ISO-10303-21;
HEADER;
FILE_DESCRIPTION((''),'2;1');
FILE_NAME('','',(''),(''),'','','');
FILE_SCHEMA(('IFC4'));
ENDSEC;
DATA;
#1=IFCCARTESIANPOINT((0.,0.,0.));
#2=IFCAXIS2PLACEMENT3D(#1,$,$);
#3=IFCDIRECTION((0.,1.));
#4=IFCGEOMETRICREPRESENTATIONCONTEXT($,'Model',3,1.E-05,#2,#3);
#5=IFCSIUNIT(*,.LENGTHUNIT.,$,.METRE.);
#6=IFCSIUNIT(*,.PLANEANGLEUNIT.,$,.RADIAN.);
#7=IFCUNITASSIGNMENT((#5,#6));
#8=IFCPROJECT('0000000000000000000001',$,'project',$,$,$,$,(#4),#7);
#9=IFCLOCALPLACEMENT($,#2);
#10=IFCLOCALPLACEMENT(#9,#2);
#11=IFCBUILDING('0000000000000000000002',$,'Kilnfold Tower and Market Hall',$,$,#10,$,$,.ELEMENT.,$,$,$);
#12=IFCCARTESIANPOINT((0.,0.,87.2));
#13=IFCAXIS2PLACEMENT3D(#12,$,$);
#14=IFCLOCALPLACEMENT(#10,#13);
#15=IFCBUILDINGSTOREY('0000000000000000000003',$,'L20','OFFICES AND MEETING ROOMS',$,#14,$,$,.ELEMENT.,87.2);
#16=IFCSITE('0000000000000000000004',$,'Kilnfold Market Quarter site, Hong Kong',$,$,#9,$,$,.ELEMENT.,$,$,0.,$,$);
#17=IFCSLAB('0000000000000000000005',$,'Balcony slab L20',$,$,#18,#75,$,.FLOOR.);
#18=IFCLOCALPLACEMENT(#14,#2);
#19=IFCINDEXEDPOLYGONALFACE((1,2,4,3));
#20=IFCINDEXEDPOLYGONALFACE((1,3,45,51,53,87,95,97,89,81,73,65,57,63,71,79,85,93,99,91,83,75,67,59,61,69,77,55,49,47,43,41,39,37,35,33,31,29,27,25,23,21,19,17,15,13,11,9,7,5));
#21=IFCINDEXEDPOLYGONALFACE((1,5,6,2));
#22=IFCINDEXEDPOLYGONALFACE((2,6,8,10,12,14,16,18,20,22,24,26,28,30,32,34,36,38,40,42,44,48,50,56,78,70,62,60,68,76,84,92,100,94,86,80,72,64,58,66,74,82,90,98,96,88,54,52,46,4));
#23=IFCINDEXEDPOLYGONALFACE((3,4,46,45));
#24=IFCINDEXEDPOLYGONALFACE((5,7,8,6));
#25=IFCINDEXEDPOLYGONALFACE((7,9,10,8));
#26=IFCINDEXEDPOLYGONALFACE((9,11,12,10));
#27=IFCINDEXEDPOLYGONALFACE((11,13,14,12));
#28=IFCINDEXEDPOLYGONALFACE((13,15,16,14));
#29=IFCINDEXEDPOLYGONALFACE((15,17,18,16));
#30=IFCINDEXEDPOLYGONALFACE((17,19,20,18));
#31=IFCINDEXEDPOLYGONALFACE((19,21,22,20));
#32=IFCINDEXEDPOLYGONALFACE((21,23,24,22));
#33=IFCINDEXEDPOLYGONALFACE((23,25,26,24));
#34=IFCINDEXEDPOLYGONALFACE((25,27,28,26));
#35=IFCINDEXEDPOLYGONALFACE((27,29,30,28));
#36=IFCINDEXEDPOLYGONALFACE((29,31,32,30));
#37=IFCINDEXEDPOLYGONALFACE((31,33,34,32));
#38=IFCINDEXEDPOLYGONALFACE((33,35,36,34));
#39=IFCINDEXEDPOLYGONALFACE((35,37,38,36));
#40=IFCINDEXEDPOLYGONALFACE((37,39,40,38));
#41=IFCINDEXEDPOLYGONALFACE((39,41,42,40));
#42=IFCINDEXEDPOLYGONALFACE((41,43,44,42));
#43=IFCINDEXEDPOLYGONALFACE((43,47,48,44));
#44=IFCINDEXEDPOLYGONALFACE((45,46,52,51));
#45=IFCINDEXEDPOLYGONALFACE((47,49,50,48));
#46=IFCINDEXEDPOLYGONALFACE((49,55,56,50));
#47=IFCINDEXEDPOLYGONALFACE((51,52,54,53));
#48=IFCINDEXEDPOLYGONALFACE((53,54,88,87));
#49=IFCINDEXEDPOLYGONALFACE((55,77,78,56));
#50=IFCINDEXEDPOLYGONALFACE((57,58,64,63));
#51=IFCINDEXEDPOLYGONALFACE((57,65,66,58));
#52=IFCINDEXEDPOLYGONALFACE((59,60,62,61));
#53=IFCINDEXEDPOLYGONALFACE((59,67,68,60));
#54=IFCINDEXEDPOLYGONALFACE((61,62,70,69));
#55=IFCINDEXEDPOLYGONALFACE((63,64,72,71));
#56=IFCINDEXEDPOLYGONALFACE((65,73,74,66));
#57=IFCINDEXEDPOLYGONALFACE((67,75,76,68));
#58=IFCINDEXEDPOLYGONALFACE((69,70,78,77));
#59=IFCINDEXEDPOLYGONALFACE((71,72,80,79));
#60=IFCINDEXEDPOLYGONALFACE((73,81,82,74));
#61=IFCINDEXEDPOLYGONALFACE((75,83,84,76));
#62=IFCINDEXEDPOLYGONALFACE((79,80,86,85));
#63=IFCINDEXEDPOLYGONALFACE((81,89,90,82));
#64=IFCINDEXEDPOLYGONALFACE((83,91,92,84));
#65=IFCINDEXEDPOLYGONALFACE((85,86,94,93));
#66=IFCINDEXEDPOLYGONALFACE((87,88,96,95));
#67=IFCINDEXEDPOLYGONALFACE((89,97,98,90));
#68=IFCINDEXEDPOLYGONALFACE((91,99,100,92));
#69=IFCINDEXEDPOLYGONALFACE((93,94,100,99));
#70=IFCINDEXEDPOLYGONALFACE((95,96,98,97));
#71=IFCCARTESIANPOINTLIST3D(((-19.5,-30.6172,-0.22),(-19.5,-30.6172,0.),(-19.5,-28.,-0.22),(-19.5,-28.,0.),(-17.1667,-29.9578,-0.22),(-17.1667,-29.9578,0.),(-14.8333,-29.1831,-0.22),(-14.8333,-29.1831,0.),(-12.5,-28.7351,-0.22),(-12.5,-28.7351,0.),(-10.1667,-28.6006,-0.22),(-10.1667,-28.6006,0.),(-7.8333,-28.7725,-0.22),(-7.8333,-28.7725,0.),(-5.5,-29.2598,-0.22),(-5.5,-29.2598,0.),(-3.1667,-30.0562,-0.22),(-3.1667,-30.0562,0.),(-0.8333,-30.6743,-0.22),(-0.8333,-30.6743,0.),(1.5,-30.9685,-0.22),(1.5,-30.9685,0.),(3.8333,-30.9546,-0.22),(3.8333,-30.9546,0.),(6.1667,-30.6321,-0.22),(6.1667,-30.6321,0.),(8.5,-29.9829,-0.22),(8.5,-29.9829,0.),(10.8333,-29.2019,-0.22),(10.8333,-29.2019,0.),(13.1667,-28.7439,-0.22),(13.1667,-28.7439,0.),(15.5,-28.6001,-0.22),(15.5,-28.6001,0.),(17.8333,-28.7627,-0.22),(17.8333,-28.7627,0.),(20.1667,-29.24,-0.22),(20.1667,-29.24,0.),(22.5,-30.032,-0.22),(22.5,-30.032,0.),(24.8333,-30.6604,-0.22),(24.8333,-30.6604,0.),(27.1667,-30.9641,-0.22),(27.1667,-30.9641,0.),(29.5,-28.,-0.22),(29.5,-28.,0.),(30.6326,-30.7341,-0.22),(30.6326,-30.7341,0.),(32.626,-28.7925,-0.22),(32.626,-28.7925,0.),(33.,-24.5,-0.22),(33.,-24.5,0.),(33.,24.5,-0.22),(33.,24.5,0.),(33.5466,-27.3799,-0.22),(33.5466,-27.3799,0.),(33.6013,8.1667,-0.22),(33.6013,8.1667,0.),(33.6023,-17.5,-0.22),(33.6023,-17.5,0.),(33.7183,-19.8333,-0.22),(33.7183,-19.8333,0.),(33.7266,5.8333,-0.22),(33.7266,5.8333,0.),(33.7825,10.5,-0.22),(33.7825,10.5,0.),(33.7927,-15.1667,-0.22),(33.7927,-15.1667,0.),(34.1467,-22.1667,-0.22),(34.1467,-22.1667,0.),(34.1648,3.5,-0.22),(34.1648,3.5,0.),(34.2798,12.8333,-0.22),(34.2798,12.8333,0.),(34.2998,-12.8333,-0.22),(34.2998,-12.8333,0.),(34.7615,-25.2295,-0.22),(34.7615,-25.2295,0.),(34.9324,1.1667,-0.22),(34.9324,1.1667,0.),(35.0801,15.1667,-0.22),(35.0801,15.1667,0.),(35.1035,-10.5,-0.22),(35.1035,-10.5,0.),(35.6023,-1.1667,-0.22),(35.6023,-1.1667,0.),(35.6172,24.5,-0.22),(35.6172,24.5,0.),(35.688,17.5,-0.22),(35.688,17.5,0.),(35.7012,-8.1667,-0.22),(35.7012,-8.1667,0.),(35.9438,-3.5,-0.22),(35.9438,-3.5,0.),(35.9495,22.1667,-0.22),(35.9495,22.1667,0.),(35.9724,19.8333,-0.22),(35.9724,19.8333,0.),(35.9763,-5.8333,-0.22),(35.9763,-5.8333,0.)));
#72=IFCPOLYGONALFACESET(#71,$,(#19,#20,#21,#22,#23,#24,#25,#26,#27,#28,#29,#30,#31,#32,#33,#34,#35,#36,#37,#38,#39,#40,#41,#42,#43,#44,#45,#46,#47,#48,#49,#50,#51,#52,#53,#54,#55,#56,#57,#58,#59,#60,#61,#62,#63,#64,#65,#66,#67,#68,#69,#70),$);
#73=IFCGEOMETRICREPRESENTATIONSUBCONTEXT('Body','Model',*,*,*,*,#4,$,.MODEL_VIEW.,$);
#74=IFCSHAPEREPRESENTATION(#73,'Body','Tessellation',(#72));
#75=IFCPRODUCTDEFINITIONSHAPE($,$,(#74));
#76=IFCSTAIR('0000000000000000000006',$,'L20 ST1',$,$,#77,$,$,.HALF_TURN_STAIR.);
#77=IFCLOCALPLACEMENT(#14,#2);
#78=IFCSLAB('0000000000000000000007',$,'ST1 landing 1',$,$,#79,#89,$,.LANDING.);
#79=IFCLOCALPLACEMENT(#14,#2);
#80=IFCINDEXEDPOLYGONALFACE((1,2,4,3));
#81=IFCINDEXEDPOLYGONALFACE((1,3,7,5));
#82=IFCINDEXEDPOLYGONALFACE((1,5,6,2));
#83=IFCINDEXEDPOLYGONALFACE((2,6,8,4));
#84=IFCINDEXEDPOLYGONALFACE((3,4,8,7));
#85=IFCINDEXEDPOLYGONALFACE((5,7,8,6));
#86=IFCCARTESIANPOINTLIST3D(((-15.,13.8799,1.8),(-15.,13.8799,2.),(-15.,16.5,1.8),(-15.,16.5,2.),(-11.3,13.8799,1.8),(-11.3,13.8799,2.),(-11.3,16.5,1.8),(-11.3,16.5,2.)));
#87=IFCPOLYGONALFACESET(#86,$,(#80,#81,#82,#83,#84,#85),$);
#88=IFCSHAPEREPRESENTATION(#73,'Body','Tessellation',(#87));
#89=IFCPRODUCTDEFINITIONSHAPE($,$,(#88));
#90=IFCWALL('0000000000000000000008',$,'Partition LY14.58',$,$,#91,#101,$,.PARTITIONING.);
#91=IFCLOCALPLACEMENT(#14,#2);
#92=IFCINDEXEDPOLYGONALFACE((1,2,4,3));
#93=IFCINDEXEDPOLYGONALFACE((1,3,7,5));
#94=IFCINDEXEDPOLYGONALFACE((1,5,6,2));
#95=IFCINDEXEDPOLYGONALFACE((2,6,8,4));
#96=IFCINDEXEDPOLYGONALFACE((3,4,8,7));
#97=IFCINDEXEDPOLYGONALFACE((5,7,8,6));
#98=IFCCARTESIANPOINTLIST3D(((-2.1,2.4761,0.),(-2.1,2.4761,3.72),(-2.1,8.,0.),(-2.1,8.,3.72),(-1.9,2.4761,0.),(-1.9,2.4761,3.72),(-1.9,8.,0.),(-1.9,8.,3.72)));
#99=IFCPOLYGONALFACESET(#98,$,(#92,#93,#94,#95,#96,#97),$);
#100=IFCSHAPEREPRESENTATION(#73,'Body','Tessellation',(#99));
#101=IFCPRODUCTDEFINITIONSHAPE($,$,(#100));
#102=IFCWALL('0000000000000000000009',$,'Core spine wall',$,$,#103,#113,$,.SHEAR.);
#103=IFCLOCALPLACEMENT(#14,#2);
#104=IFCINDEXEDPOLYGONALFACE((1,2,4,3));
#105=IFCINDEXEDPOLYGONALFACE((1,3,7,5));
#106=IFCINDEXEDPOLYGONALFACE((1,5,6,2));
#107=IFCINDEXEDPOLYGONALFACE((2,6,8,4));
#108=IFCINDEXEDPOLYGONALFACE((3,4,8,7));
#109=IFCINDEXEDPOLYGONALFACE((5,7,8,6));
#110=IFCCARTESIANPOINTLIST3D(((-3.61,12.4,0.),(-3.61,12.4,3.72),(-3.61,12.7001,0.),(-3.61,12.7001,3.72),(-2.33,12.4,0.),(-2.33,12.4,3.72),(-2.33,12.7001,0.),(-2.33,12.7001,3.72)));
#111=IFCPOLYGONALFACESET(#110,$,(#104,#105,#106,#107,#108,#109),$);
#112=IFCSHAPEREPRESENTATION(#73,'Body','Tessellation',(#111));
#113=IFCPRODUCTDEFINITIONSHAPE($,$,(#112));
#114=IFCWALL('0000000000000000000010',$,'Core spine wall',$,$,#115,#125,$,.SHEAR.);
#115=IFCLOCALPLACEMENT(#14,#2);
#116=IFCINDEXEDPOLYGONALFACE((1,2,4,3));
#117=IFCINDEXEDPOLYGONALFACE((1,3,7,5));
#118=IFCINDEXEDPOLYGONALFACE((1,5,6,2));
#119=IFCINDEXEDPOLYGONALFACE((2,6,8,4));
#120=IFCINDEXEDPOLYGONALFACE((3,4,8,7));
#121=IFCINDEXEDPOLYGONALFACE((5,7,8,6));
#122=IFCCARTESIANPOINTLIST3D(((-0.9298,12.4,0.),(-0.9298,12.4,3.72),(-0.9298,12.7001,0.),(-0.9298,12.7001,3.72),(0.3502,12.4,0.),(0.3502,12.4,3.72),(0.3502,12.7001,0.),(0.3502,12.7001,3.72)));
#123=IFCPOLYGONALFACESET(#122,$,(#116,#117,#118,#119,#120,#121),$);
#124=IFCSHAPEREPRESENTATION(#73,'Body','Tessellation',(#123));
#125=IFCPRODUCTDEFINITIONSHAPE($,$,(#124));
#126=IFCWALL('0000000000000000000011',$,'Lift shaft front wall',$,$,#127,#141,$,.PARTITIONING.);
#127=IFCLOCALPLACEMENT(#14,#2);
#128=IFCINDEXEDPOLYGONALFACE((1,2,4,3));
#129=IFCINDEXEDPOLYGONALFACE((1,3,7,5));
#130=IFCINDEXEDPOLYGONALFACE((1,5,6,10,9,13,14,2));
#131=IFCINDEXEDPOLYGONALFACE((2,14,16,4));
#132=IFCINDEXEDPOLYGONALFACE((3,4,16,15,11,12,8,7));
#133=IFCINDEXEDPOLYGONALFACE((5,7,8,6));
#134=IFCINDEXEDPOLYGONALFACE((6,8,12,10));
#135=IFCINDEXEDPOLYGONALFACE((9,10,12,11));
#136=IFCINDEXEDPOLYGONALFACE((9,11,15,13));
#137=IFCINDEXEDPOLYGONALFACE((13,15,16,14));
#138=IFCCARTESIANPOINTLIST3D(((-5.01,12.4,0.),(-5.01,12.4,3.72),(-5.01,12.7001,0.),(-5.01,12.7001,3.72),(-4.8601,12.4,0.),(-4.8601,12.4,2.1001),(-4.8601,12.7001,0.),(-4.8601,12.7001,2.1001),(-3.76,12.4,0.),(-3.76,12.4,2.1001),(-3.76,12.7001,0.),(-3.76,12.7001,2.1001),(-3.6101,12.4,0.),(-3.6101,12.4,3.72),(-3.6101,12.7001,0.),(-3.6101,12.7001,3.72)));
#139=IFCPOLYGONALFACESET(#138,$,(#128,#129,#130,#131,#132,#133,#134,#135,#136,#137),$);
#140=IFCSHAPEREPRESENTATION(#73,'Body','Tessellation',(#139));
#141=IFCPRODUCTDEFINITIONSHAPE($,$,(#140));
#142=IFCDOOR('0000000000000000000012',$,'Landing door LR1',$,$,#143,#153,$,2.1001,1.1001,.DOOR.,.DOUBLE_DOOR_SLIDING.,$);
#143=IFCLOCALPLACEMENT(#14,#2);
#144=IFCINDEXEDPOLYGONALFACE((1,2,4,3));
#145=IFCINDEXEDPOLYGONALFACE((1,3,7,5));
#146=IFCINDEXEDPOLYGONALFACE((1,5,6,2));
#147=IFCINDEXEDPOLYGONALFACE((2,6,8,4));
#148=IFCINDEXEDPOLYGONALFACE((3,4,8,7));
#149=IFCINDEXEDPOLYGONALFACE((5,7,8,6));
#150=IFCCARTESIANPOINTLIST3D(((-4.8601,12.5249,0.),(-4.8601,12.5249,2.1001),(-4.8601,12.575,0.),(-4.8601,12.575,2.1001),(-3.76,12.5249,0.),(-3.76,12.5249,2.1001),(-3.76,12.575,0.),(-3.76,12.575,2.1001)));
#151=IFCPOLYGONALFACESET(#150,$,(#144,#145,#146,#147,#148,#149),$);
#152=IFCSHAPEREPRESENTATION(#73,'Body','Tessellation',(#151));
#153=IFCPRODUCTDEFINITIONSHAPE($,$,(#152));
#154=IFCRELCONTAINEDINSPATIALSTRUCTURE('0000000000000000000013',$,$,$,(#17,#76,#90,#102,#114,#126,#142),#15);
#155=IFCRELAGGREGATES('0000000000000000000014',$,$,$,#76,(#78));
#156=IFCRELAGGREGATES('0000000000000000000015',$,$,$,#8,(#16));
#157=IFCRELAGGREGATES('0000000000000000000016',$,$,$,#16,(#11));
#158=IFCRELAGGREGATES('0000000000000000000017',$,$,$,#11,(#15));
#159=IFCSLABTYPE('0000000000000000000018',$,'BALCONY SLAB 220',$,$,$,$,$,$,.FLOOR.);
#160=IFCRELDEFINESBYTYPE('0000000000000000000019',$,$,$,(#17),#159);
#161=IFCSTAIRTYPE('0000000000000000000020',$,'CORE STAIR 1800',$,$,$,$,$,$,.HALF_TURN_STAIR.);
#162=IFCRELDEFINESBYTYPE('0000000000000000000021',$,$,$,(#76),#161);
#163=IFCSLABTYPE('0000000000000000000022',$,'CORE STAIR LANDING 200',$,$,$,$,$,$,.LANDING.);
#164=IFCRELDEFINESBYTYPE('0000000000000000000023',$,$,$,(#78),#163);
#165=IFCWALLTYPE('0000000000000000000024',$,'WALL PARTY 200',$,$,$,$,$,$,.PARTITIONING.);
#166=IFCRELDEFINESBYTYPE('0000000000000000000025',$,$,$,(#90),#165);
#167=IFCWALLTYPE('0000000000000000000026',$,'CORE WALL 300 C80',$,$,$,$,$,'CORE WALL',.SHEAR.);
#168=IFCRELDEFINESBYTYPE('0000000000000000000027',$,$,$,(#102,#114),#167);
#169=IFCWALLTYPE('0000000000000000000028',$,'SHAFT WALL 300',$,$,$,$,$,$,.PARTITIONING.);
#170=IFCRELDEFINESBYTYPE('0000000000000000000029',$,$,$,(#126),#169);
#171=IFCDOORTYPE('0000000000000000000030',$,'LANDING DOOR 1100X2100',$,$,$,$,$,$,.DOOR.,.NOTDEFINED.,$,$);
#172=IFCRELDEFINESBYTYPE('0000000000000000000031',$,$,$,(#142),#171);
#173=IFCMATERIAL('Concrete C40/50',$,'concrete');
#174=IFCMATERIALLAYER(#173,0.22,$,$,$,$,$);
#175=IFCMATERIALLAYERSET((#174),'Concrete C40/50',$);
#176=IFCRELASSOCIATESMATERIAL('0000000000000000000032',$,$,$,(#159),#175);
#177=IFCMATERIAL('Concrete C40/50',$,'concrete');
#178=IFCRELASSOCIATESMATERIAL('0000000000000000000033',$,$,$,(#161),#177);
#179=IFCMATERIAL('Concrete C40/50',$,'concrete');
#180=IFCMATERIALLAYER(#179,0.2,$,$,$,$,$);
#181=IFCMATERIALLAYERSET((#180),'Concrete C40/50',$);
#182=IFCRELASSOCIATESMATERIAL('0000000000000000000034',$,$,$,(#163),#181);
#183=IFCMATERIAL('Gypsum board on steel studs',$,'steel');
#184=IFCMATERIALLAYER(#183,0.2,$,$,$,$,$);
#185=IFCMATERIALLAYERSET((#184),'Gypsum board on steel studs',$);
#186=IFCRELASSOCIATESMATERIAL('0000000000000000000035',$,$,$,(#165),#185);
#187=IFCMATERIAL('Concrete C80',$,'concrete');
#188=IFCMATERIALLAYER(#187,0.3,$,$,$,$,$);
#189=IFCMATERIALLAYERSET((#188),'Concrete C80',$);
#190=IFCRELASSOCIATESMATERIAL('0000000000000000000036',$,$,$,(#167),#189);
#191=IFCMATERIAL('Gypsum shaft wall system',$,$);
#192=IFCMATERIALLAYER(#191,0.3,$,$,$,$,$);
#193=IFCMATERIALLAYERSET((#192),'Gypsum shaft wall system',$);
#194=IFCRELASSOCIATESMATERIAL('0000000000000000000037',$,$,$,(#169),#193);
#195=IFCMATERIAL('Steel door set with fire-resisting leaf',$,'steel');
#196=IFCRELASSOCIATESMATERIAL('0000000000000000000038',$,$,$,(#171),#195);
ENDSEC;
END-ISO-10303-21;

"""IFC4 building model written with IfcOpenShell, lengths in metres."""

from ifc_helpers import new_model, si_unit, direction, frame, frame_2d, origin, place, context, subcontext, project, spatial, polyline, rectangle, outline, extrude, source, transform, mapped, material, layer, layer_set, type_object, element, fill, aggregate, save


model = new_model("IFC4")

# Units and contexts
model_context = context("Model", 3, precision=1e-05, world=origin(), true_north=direction((0.0, 1.0)))
body_context = subcontext(model_context, "Body", "Model", "MODEL_VIEW")
ifc_project = project(units=[si_unit("LENGTHUNIT", "METRE"), si_unit("PLANEANGLEUNIT", "RADIAN")], contexts=[model_context])

# Site, building, storey
site_placement = place(None, origin())
site = spatial("IfcSite", under=ifc_project, at=site_placement, Name="Kilnfold Market Quarter site, Hong Kong", CompositionType="ELEMENT", RefElevation=0.0)
building_placement = place(site_placement, origin())
building = spatial("IfcBuilding", under=site, at=building_placement, Name="Kilnfold Tower and Market Hall", CompositionType="ELEMENT")
storey_placement = place(building_placement, frame((0.0, 0.0, 87.2)))
storey = spatial("IfcBuildingStorey", under=building, at=storey_placement, Name="L20", Description="OFFICES AND MEETING ROOMS", CompositionType="ELEMENT", Elevation=87.2)

# Slab
ifc_material_1 = material(Name="Concrete C40/50", Category="concrete")
ifc_layer_1 = layer(ifc_material_1, 0.22)
ifc_layer_set_1 = layer_set([ifc_layer_1], Name="Concrete C40/50")
slab_type_1 = type_object("IfcSlabType", Name="BALCONY SLAB 220", PredefinedType="FLOOR", material=ifc_layer_set_1)
shared_shape_1 = source(origin(), body_context, "Body", "SweptSolid", [
    extrude(outline(polyline([(-19.5, -28.0), (29.5, -28.0), (33.0, -24.5), (33.0, 24.5), (35.6172, 24.5), (35.9495, 22.1667), (35.9724, 19.8333), (35.688, 17.5), (35.0801, 15.1667), (34.2798, 12.8333), (33.7825, 10.5), (33.6013, 8.1667), (33.7266, 5.8333), (34.1648, 3.5), (34.9324, 1.1667), (35.6023, -1.1667), (35.9438, -3.5), (35.9763, -5.8333), (35.7012, -8.1667), (35.1035, -10.5), (34.2998, -12.8333), (33.7927, -15.1667), (33.6023, -17.5), (33.7183, -19.8333), (34.1467, -22.1667), (34.7615, -25.2295), (33.5466, -27.3799), (32.626, -28.7925), (30.6326, -30.7341), (27.1667, -30.9641), (24.8333, -30.6604), (22.5, -30.032), (20.1667, -29.24), (17.8333, -28.7627), (15.5, -28.6001), (13.1667, -28.7439), (10.8333, -29.2019), (8.5, -29.9829), (6.1667, -30.6321), (3.8333, -30.9546), (1.5, -30.9685), (-0.8333, -30.6743), (-3.1667, -30.0562), (-5.5, -29.2598), (-7.8333, -28.7725), (-10.1667, -28.6006), (-12.5, -28.7351), (-14.8333, -29.1831), (-17.1667, -29.9578), (-19.5, -30.6172), (-19.5, -28.0)])), origin(), (0.0, 0.0, 1.0), 0.22),
])
slab_1_placement = place(storey_placement, frame((0.0, 0.0, -0.22)))
element("IfcSlab", 1, at=slab_1_placement, inside=storey, type_object=slab_type_1, Name="Balcony slab L20", PredefinedType="FLOOR", context=body_context, shape_type="MappedRepresentation", body=[
    mapped(shared_shape_1, transform((0.0, 0.0, 0.0))),
])

# Stair, slab
ifc_material_2 = material(Name="Concrete C40/50", Category="concrete")
stair_type = type_object("IfcStairType", Name="CORE STAIR 1800", PredefinedType="HALF_TURN_STAIR", material=ifc_material_2)
stair_placement = place(storey_placement, origin())
stair = element("IfcStair", 2, at=stair_placement, inside=storey, type_object=stair_type, Name="L20 ST1", PredefinedType="HALF_TURN_STAIR")
ifc_material_3 = material(Name="Concrete C40/50", Category="concrete")
ifc_layer_2 = layer(ifc_material_3, 0.2)
ifc_layer_set_2 = layer_set([ifc_layer_2], Name="Concrete C40/50")
slab_type_2 = type_object("IfcSlabType", Name="CORE STAIR LANDING 200", PredefinedType="LANDING", material=ifc_layer_set_2)
shared_shape_2 = source(origin(), body_context, "Body", "SweptSolid", [
    extrude(outline(polyline([(-11.3, 13.8799), (-11.3, 16.5), (-15.0, 16.5), (-15.0, 13.8799), (-11.3, 13.8799)])), origin(), (0.0, 0.0, 1.0), 0.2),
])
slab_2_placement = place(storey_placement, frame((0.0, 0.0, 1.8)))
slab_2 = element("IfcSlab", 3, at=slab_2_placement, type_object=slab_type_2, Name="ST1 landing 1", PredefinedType="LANDING", context=body_context, shape_type="MappedRepresentation", body=[
    mapped(shared_shape_2, transform((0.0, 0.0, 0.0))),
])
aggregate(stair, [slab_2])

# Walls
ifc_material_4 = material(Name="Gypsum board on steel studs", Category="steel")
ifc_layer_3 = layer(ifc_material_4, 0.2)
ifc_layer_set_3 = layer_set([ifc_layer_3], Name="Gypsum board on steel studs")
wall_type_1 = type_object("IfcWallType", Name="WALL PARTY 200", PredefinedType="PARTITIONING", material=ifc_layer_set_3)
wall_1_placement = place(storey_placement, frame((-2.0, 2.4761, 0.0), z_axis=(0.0, 0.0, 1.0), x_axis=(0.0, 1.0, 0.0)))
element("IfcWall", 4, at=wall_1_placement, inside=storey, type_object=wall_type_1, Name="Partition LY14.58", PredefinedType="PARTITIONING", context=body_context, shape_type="SweptSolid", body=[
    extrude(rectangle(XDim=5.5239, YDim=0.2, at=frame_2d((2.762, 0.0))), origin(), (0.0, 0.0, 1.0), 3.72),
])
ifc_material_5 = material(Name="Concrete C80", Category="concrete")
ifc_layer_4 = layer(ifc_material_5, 0.3)
ifc_layer_set_4 = layer_set([ifc_layer_4], Name="Concrete C80")
wall_type_2 = type_object("IfcWallType", Name="CORE WALL 300 C80", ElementType="CORE WALL", PredefinedType="SHEAR", material=ifc_layer_set_4)
shared_shape_3 = source(origin(), body_context, "Body", "SweptSolid", [
    extrude(rectangle(XDim=1.28, YDim=0.3, at=frame_2d((0.6401, 0.0))), origin(), (0.0, 0.0, 1.0), 3.72),
])
for number, where, z_axis, x_axis, name in (
    (5, (-3.6101, 12.55, 0.0), (0.0, 0.0, 1.0), (1.0, 0.0, 0.0), "Core spine wall"),
    (6, (-0.9299, 12.55, 0.0), (0.0, 0.0, 1.0), (1.0, 0.0, 0.0), "Core spine wall"),
):
    element("IfcWall", number, at=place(storey_placement, frame(where, z_axis=z_axis, x_axis=x_axis)), inside=storey, type_object=wall_type_2, Name=name, PredefinedType="SHEAR", context=body_context, shape_type="MappedRepresentation", body=[
        mapped(shared_shape_3, transform((0.0, 0.0, 0.0))),
    ])

# Wall, opening, door
ifc_material_6 = material(Name="Gypsum shaft wall system")
ifc_layer_5 = layer(ifc_material_6, 0.3)
ifc_layer_set_5 = layer_set([ifc_layer_5], Name="Gypsum shaft wall system")
wall_type_3 = type_object("IfcWallType", Name="SHAFT WALL 300", PredefinedType="PARTITIONING", material=ifc_layer_set_5)
shared_shape_4 = source(origin(), body_context, "Body", "SweptSolid", [
    extrude(rectangle(XDim=1.3999, YDim=0.3, at=frame_2d((0.7, 0.0))), origin(), (0.0, 0.0, 1.0), 3.72),
])
wall_2_placement = place(storey_placement, frame((-5.01, 12.55, 0.0), z_axis=(0.0, 0.0, 1.0), x_axis=(1.0, 0.0, 0.0)))
wall_2 = element("IfcWall", 7, at=wall_2_placement, inside=storey, type_object=wall_type_3, Name="Lift shaft front wall", PredefinedType="PARTITIONING", context=body_context, shape_type="MappedRepresentation", body=[
    mapped(shared_shape_4, transform((0.0, 0.0, 0.0))),
])
opening_1_placement = place(wall_2_placement, frame((0.1499, 0.0, 0.0)))
opening_1 = element("IfcOpeningElement", 8, at=opening_1_placement, cuts=wall_2, PredefinedType="OPENING", context=body_context, shape_type="SweptSolid", body=[
    extrude(rectangle(XDim=1.1001, YDim=2.1001, at=frame_2d((0.55, 1.05))), frame((0.0, 0.1602, 0.0), z_axis=(0.0, -1.0, 0.0), x_axis=(1.0, 0.0, 0.0)), (0.0, 0.0, 1.0), 0.3201),
])
ifc_material_7 = material(Name="Steel door set with fire-resisting leaf", Category="steel")
door_type = type_object("IfcDoorType", Name="LANDING DOOR 1100X2100", OperationType="NOTDEFINED", PredefinedType="DOOR", material=ifc_material_7)
door_1_placement = place(opening_1_placement, origin())
door_1 = element("IfcDoor", 9, at=door_1_placement, inside=storey, type_object=door_type, Name="Landing door LR1", OperationType="DOUBLE_DOOR_SLIDING", OverallHeight=2.1001, OverallWidth=1.1001, PredefinedType="DOOR", context=body_context, shape_type="SweptSolid", body=[
    extrude(rectangle(XDim=1.1001, YDim=2.1001, at=frame_2d((0.55, 1.05))), frame((0.0, 0.0249, 0.0), z_axis=(0.0, -1.0, 0.0), x_axis=(1.0, 0.0, 0.0)), (0.0, 0.0, 1.0), 0.05),
])
fill(opening_1, door_1)

save(model, "model.ifc")
